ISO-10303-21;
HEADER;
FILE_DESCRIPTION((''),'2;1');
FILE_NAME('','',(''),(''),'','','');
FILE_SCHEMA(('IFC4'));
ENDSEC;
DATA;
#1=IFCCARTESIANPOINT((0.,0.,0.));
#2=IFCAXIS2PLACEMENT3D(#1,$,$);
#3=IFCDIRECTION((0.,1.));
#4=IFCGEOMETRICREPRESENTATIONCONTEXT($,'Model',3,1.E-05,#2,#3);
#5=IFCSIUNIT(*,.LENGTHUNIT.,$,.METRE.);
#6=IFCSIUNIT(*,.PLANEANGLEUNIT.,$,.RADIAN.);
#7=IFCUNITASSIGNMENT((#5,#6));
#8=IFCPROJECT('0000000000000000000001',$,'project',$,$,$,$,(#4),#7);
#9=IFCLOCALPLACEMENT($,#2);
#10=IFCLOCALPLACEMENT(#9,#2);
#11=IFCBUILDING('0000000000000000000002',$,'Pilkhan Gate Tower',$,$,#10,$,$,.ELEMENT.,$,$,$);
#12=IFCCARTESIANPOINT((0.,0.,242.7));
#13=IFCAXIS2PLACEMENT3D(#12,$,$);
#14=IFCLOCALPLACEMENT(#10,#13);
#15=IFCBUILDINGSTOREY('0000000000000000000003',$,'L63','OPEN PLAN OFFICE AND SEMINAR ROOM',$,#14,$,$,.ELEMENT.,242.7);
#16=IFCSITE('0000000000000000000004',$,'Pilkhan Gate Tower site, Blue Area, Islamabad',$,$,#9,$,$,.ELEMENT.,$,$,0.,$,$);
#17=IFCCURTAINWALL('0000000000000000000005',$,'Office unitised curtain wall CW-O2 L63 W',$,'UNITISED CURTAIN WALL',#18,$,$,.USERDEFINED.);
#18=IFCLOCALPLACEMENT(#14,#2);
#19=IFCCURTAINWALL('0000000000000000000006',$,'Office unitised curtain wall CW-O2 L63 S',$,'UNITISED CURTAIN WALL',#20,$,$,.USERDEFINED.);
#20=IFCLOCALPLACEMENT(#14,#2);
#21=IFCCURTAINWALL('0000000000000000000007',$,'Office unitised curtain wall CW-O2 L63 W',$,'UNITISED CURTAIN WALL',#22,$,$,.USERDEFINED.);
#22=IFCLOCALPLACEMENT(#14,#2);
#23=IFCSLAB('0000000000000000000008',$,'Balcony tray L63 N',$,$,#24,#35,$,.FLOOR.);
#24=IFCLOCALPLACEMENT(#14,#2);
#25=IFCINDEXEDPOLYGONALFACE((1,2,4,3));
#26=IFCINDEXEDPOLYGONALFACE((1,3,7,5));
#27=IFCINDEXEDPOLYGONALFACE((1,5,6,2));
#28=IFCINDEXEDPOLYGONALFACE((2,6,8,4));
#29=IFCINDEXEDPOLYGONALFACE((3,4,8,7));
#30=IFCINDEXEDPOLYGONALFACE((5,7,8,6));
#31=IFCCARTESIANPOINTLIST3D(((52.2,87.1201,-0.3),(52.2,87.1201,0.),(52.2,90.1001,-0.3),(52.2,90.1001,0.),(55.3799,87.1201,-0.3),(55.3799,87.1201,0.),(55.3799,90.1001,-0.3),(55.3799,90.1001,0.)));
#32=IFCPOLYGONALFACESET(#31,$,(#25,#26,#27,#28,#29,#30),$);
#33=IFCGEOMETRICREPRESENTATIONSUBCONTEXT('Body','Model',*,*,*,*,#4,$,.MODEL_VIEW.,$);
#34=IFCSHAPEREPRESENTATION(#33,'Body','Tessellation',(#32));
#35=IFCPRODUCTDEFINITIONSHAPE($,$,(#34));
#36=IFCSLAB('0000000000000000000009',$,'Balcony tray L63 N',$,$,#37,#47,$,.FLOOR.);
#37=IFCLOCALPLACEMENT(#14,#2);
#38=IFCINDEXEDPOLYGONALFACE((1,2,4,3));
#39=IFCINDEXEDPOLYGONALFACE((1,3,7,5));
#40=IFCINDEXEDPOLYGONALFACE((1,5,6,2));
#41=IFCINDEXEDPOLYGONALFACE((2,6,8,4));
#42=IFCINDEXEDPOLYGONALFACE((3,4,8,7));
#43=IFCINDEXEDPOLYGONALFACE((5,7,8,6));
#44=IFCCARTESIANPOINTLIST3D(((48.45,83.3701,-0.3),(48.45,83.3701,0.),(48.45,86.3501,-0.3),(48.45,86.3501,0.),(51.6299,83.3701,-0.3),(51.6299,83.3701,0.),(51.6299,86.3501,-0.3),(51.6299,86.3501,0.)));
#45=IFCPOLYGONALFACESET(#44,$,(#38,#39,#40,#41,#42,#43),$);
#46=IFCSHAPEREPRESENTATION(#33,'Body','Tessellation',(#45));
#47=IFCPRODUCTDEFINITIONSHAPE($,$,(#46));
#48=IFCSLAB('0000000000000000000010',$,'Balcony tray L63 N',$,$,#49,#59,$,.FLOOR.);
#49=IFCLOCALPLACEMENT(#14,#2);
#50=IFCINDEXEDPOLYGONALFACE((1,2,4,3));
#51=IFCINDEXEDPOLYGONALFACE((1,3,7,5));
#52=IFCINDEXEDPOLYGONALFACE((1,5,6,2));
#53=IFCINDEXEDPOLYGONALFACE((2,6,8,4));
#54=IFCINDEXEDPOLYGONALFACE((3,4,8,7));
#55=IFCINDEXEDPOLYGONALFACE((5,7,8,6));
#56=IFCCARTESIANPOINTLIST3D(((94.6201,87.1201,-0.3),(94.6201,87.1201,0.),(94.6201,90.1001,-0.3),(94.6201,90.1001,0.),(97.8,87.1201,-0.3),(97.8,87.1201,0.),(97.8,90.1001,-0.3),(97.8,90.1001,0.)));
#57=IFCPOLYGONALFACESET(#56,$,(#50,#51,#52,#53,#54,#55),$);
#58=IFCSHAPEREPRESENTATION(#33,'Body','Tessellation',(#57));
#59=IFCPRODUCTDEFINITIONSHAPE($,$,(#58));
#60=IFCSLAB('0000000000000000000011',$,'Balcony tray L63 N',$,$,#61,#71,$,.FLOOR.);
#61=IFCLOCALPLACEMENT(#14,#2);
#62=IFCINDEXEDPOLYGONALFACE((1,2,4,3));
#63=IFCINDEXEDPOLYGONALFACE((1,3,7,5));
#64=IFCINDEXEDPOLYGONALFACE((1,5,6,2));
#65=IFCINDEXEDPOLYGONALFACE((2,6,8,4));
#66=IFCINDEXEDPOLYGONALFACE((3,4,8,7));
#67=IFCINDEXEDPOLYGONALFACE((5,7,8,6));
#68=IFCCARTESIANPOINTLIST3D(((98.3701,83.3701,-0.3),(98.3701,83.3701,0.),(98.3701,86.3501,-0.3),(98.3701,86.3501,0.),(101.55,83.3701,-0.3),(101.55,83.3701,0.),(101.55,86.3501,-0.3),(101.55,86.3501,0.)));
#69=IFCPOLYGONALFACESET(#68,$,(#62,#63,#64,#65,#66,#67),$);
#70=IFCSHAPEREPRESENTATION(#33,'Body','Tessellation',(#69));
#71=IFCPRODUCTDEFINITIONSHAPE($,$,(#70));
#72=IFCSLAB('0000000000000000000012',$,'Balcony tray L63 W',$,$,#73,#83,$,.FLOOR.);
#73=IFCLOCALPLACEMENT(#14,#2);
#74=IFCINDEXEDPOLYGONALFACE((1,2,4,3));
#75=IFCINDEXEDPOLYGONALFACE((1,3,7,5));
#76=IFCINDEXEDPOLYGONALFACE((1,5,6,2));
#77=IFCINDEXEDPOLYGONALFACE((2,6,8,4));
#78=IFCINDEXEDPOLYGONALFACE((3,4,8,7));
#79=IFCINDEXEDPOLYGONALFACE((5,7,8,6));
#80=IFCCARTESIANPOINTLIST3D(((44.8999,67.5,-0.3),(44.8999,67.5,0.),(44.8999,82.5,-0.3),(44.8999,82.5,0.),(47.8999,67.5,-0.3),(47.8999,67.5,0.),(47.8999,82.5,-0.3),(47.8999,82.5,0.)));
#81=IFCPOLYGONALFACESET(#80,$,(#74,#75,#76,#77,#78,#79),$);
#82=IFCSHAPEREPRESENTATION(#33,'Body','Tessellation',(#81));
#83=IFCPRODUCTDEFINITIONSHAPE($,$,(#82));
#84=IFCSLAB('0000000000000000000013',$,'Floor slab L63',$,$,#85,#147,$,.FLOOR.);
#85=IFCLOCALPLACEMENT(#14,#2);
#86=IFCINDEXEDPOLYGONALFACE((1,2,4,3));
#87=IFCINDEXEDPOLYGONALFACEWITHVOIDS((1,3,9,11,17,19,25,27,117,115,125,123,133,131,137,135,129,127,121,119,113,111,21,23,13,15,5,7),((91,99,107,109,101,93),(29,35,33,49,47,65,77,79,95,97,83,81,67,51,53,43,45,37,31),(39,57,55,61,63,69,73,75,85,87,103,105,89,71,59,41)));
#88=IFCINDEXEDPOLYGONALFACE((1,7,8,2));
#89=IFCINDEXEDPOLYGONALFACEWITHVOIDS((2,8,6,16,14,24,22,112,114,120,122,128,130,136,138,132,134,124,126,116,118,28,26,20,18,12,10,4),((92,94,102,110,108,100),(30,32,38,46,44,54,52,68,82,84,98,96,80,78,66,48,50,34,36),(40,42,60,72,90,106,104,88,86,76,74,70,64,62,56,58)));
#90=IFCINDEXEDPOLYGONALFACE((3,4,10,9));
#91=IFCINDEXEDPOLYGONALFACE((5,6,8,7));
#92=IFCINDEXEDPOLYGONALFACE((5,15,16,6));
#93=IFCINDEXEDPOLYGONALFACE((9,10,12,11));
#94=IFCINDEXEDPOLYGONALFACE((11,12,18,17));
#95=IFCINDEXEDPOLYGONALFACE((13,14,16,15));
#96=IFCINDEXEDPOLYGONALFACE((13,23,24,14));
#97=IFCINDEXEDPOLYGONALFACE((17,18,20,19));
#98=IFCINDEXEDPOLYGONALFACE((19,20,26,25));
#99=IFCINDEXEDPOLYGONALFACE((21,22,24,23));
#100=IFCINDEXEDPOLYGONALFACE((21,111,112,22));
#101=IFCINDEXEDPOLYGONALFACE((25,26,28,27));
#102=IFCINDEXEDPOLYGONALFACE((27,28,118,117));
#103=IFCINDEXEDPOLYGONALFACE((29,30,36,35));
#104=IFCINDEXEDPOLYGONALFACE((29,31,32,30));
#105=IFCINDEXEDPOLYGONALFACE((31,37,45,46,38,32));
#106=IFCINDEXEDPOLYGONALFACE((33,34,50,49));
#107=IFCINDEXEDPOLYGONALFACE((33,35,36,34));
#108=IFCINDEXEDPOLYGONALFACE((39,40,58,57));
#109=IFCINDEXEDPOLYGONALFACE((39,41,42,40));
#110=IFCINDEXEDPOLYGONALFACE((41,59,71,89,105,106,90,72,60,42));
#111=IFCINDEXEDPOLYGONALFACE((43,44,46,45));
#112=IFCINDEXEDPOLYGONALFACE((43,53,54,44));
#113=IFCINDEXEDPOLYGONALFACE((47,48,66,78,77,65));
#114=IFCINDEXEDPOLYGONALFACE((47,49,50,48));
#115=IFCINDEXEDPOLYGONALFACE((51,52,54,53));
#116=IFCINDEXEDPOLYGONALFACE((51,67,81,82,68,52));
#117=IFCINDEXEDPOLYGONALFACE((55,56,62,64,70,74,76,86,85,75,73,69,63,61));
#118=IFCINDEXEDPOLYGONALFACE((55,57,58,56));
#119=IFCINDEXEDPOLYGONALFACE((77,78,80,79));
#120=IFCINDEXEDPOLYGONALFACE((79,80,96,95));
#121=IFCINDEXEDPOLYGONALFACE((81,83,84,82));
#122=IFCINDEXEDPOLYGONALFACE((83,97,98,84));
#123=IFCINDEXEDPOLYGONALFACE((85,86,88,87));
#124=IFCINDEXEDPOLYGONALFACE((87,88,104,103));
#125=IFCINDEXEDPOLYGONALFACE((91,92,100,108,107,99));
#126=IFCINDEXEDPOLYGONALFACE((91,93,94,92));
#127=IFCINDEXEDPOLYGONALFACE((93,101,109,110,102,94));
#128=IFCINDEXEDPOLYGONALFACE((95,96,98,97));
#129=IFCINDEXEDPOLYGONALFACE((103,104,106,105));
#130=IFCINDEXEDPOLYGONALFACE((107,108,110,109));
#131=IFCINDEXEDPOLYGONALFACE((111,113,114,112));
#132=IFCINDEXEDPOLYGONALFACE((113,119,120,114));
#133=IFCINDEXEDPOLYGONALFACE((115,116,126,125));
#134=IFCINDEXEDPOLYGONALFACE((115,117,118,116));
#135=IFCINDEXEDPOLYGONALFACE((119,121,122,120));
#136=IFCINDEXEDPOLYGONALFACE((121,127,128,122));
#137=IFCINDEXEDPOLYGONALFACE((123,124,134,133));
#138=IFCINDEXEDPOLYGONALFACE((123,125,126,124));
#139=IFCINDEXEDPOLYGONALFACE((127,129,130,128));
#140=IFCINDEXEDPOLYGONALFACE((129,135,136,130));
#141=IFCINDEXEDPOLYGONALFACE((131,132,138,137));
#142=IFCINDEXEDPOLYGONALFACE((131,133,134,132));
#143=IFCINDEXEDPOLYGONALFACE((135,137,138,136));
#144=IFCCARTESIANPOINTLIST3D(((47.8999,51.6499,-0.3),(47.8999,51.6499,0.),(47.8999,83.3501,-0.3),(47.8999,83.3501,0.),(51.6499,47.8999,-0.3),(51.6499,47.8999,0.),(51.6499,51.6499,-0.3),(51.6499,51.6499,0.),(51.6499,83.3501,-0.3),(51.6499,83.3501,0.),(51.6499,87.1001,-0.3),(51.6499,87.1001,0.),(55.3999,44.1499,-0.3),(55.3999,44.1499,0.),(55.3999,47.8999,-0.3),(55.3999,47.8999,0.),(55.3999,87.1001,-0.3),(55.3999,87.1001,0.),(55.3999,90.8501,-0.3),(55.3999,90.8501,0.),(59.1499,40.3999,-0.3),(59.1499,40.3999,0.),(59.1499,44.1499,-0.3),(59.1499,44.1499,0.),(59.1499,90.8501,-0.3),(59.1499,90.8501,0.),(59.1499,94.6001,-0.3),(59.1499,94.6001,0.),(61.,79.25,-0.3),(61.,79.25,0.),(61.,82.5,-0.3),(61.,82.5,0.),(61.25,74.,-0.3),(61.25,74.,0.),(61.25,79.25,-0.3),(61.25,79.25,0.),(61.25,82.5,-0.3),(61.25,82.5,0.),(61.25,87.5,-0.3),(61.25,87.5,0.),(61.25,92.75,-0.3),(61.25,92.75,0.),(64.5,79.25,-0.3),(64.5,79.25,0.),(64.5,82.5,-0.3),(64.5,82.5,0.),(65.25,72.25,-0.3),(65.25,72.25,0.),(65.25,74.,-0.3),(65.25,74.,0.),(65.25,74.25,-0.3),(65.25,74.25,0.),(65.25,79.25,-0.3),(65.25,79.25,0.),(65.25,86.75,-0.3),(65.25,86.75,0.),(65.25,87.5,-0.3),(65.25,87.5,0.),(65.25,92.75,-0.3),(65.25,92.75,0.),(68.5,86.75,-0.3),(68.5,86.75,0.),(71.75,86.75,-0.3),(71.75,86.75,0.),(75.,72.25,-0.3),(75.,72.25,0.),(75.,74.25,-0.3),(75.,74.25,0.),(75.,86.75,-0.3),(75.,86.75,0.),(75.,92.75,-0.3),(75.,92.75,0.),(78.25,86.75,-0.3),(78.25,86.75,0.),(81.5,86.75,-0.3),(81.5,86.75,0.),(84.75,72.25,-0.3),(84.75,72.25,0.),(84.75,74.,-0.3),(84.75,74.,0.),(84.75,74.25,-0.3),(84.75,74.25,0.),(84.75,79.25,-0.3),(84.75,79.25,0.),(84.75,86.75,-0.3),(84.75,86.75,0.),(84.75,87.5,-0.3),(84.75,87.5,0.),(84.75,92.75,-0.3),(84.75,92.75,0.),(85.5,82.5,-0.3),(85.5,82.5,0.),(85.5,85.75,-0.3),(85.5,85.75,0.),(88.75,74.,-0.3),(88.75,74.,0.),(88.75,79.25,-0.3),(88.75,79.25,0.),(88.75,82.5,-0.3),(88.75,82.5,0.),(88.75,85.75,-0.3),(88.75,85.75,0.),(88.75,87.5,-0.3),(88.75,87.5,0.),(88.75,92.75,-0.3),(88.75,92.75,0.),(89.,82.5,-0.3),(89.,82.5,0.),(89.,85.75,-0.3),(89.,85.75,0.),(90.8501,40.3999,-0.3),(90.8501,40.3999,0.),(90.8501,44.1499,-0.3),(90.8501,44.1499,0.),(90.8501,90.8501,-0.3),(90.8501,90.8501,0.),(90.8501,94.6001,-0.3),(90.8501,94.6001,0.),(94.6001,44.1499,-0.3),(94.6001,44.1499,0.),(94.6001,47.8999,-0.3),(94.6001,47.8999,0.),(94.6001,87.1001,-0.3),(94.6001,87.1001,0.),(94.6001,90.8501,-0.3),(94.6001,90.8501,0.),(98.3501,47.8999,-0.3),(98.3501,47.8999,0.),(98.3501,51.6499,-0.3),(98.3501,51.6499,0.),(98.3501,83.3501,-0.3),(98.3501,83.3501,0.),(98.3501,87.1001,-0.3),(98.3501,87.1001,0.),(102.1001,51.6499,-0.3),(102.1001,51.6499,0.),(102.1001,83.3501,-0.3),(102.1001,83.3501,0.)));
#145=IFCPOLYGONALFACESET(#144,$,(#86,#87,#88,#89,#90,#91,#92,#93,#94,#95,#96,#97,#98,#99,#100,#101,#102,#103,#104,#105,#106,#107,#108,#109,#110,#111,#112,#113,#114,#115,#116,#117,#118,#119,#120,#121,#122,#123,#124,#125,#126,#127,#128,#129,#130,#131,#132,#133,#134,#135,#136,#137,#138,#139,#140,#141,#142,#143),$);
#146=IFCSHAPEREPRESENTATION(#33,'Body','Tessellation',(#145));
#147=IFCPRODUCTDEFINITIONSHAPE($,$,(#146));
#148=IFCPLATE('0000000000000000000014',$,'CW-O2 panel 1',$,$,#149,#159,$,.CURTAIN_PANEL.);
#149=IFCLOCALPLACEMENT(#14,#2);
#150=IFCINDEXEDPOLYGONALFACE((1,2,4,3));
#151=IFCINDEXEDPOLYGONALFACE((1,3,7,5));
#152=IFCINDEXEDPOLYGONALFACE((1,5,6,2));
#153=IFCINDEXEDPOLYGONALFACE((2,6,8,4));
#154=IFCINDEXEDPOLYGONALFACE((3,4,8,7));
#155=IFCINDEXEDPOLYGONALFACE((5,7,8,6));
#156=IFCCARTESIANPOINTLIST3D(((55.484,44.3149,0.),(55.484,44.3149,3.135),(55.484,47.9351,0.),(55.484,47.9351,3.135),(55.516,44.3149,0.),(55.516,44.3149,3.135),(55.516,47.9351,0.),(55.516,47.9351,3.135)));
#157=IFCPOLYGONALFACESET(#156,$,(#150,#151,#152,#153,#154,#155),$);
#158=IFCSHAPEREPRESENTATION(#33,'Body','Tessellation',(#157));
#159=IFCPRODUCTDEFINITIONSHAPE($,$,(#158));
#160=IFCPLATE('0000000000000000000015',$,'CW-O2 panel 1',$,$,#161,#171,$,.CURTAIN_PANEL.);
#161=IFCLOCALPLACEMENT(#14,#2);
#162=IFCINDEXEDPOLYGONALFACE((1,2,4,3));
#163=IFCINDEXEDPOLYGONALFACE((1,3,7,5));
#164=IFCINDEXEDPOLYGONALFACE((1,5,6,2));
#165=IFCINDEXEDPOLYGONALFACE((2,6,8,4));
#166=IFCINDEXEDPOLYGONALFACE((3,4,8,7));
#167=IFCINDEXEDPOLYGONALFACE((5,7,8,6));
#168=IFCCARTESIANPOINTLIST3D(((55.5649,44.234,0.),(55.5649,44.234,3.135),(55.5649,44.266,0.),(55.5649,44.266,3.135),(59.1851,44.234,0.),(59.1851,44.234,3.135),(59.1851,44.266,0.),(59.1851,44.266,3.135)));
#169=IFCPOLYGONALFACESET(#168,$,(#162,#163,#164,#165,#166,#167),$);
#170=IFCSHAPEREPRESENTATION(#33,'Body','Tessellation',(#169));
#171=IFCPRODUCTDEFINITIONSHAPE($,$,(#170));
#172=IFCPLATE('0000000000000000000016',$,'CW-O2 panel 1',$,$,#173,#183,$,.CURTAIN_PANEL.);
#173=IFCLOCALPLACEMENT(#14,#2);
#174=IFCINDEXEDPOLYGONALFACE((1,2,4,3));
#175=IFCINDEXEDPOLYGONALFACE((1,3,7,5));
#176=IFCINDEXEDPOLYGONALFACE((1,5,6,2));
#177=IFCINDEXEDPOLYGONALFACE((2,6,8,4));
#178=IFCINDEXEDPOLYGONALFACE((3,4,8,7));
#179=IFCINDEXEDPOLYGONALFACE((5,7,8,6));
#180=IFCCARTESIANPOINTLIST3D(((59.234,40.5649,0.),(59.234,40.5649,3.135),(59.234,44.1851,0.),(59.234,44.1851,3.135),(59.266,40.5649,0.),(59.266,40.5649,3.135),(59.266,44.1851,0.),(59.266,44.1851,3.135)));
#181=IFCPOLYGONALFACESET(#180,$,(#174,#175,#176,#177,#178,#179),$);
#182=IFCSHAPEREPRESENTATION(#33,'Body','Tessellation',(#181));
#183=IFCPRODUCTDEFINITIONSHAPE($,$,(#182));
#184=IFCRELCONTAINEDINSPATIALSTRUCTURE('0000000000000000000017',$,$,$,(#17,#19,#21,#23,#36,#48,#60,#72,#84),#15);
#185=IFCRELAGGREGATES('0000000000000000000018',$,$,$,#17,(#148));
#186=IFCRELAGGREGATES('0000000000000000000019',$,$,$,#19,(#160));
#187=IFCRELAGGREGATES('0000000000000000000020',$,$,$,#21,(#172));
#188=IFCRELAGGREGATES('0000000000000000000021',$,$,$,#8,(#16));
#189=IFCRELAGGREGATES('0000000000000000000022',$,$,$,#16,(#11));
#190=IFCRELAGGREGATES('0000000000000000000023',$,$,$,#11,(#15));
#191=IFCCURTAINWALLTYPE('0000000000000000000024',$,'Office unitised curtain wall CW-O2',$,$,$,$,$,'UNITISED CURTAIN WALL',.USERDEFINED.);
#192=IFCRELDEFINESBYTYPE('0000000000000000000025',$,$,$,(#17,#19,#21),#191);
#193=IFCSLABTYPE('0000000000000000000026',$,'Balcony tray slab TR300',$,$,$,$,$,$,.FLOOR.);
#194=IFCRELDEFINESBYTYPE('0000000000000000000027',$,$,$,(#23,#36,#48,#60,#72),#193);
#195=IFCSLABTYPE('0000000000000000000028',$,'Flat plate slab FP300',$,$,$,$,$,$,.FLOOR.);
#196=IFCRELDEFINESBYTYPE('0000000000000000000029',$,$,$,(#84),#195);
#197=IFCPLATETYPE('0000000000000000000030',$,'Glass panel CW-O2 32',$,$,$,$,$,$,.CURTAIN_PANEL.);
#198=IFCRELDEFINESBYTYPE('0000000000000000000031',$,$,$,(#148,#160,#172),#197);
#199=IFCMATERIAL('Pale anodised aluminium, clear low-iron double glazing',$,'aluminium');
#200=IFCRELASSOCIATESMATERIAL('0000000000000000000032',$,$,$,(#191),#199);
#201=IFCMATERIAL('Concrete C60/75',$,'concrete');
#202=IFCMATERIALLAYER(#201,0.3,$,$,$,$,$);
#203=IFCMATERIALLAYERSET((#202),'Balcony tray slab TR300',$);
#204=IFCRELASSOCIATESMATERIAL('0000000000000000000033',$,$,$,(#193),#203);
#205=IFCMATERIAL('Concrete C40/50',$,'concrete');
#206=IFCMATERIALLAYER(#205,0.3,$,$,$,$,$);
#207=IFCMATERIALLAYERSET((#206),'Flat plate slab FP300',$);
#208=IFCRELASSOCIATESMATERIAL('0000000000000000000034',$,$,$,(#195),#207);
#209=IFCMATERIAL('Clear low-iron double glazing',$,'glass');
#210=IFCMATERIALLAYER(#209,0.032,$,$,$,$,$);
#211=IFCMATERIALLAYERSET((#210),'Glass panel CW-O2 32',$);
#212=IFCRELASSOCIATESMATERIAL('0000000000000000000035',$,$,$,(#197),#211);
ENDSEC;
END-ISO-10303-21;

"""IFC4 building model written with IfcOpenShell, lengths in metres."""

from ifc_helpers import new_model, si_unit, direction, frame, origin, origin_2d, place, context, subcontext, project, spatial, polyline, rectangle, outline, extrude, material, layer, layer_set, type_object, element, aggregate, save


model = new_model("IFC4")

# Units and contexts
model_context = context("Model", 3, precision=1e-05, world=origin(), true_north=direction((0.0, 1.0)))
body_context = subcontext(model_context, "Body", "Model", "MODEL_VIEW")
ifc_project = project(units=[si_unit("LENGTHUNIT", "METRE"), si_unit("PLANEANGLEUNIT", "RADIAN")], contexts=[model_context])

# Site, building, storey
site_placement = place(None, origin())
site = spatial("IfcSite", under=ifc_project, at=site_placement, Name="Pilkhan Gate Tower site, Blue Area, Islamabad", CompositionType="ELEMENT", RefElevation=0.0)
building_placement = place(site_placement, origin())
building = spatial("IfcBuilding", under=site, at=building_placement, Name="Pilkhan Gate Tower", CompositionType="ELEMENT")
storey_placement = place(building_placement, frame((0.0, 0.0, 242.7)))
storey = spatial("IfcBuildingStorey", under=building, at=storey_placement, Name="L63", Description="OPEN PLAN OFFICE AND SEMINAR ROOM", CompositionType="ELEMENT", Elevation=242.7)

# Curtain walls
ifc_material_1 = material(Name="Pale anodised aluminium, clear low-iron double glazing", Category="aluminium")
curtain_wall_type = type_object("IfcCurtainWallType", Name="Office unitised curtain wall CW-O2", ElementType="UNITISED CURTAIN WALL", PredefinedType="USERDEFINED", material=ifc_material_1)
curtain_wall_1_placement = place(storey_placement, origin())
curtain_wall_1 = element("IfcCurtainWall", 1, at=curtain_wall_1_placement, inside=storey, type_object=curtain_wall_type, Name="Office unitised curtain wall CW-O2 L63 W", ObjectType="UNITISED CURTAIN WALL", PredefinedType="USERDEFINED")
curtain_wall_2_placement = place(storey_placement, origin())
curtain_wall_2 = element("IfcCurtainWall", 2, at=curtain_wall_2_placement, inside=storey, type_object=curtain_wall_type, Name="Office unitised curtain wall CW-O2 L63 S", ObjectType="UNITISED CURTAIN WALL", PredefinedType="USERDEFINED")
curtain_wall_3_placement = place(storey_placement, origin())
curtain_wall_3 = element("IfcCurtainWall", 3, at=curtain_wall_3_placement, inside=storey, type_object=curtain_wall_type, Name="Office unitised curtain wall CW-O2 L63 W", ObjectType="UNITISED CURTAIN WALL", PredefinedType="USERDEFINED")

# Slabs
ifc_material_2 = material(Name="Concrete C60/75", Category="concrete")
ifc_layer_1 = layer(ifc_material_2, 0.3)
ifc_layer_set_1 = layer_set([ifc_layer_1], Name="Balcony tray slab TR300")
slab_type_1 = type_object("IfcSlabType", Name="Balcony tray slab TR300", PredefinedType="FLOOR", material=ifc_layer_set_1)
slab_1_placement = place(storey_placement, frame((0.0, 0.0, -0.3)))
element("IfcSlab", 4, at=slab_1_placement, inside=storey, type_object=slab_type_1, Name="Balcony tray L63 N", PredefinedType="FLOOR", context=body_context, shape_type="SweptSolid", body=[
    extrude(outline(polyline([(55.3799, 87.1201), (55.3799, 90.1001), (52.2, 90.1001), (52.2, 87.1201), (55.3799, 87.1201)])), origin(), (0.0, 0.0, 1.0), 0.3),
])
slab_2_placement = place(storey_placement, frame((0.0, 0.0, -0.3)))
element("IfcSlab", 5, at=slab_2_placement, inside=storey, type_object=slab_type_1, Name="Balcony tray L63 N", PredefinedType="FLOOR", context=body_context, shape_type="SweptSolid", body=[
    extrude(outline(polyline([(51.6299, 83.3701), (51.6299, 86.3501), (48.45, 86.3501), (48.45, 83.3701), (51.6299, 83.3701)])), origin(), (0.0, 0.0, 1.0), 0.3),
])
slab_3_placement = place(storey_placement, frame((0.0, 0.0, -0.3)))
element("IfcSlab", 6, at=slab_3_placement, inside=storey, type_object=slab_type_1, Name="Balcony tray L63 N", PredefinedType="FLOOR", context=body_context, shape_type="SweptSolid", body=[
    extrude(outline(polyline([(97.8, 87.1201), (97.8, 90.1001), (94.6201, 90.1001), (94.6201, 87.1201), (97.8, 87.1201)])), origin(), (0.0, 0.0, 1.0), 0.3),
])
slab_4_placement = place(storey_placement, frame((0.0, 0.0, -0.3)))
element("IfcSlab", 7, at=slab_4_placement, inside=storey, type_object=slab_type_1, Name="Balcony tray L63 N", PredefinedType="FLOOR", context=body_context, shape_type="SweptSolid", body=[
    extrude(outline(polyline([(101.55, 83.3701), (101.55, 86.3501), (98.3701, 86.3501), (98.3701, 83.3701), (101.55, 83.3701)])), origin(), (0.0, 0.0, 1.0), 0.3),
])
slab_5_placement = place(storey_placement, frame((0.0, 0.0, -0.3)))
element("IfcSlab", 8, at=slab_5_placement, inside=storey, type_object=slab_type_1, Name="Balcony tray L63 W", PredefinedType="FLOOR", context=body_context, shape_type="SweptSolid", body=[
    extrude(outline(polyline([(47.8999, 67.5), (47.8999, 82.5), (44.8999, 82.5), (44.8999, 67.5), (47.8999, 67.5)])), origin(), (0.0, 0.0, 1.0), 0.3),
])
ifc_material_3 = material(Name="Concrete C40/50", Category="concrete")
ifc_layer_2 = layer(ifc_material_3, 0.3)
ifc_layer_set_2 = layer_set([ifc_layer_2], Name="Flat plate slab FP300")
slab_type_2 = type_object("IfcSlabType", Name="Flat plate slab FP300", PredefinedType="FLOOR", material=ifc_layer_set_2)
slab_6_placement = place(storey_placement, frame((0.0, 0.0, -0.3)))
element("IfcSlab", 9, at=slab_6_placement, inside=storey, type_object=slab_type_2, Name="Floor slab L63", PredefinedType="FLOOR", context=body_context, shape_type="SweptSolid", body=[
    extrude(outline(polyline([(98.3501, 47.8999), (94.6001, 47.8999), (94.6001, 44.1499), (90.8501, 44.1499), (90.8501, 40.3999), (59.1499, 40.3999), (59.1499, 44.1499), (55.3999, 44.1499), (55.3999, 47.8999), (51.6499, 47.8999), (51.6499, 51.6499), (47.8999, 51.6499), (47.8999, 83.3501), (51.6499, 83.3501), (51.6499, 87.1001), (55.3999, 87.1001), (55.3999, 90.8501), (59.1499, 90.8501), (59.1499, 94.6001), (90.8501, 94.6001), (90.8501, 90.8501), (94.6001, 90.8501), (94.6001, 87.1001), (98.3501, 87.1001), (98.3501, 83.3501), (102.1001, 83.3501), (102.1001, 51.6499), (98.3501, 51.6499), (98.3501, 47.8999)]), holes=[polyline([(75.0, 72.25), (84.75, 72.25), (84.75, 74.0), (88.75, 74.0), (88.75, 79.25), (84.75, 79.25), (84.75, 74.25), (75.0, 74.25), (65.25, 74.25), (65.25, 79.25), (64.5, 79.25), (64.5, 82.5), (61.25, 82.5), (61.0, 82.5), (61.0, 79.25), (61.25, 79.25), (61.25, 74.0), (65.25, 74.0), (65.25, 72.25), (75.0, 72.25)]), polyline([(68.5, 86.75), (71.75, 86.75), (75.0, 86.75), (78.25, 86.75), (81.5, 86.75), (84.75, 86.75), (84.75, 87.5), (88.75, 87.5), (88.75, 92.75), (84.75, 92.75), (75.0, 92.75), (65.25, 92.75), (61.25, 92.75), (61.25, 87.5), (65.25, 87.5), (65.25, 86.75), (68.5, 86.75)]), polyline([(85.5, 85.75), (85.5, 82.5), (88.75, 82.5), (89.0, 82.5), (89.0, 85.75), (88.75, 85.75), (85.5, 85.75)])]), origin(), (0.0, 0.0, 1.0), 0.3),
])

# Plates
ifc_material_4 = material(Name="Clear low-iron double glazing", Category="glass")
ifc_layer_3 = layer(ifc_material_4, 0.032)
ifc_layer_set_3 = layer_set([ifc_layer_3], Name="Glass panel CW-O2 32")
plate_type = type_object("IfcPlateType", Name="Glass panel CW-O2 32", PredefinedType="CURTAIN_PANEL", material=ifc_layer_set_3)
plate_1_placement = place(storey_placement, frame((55.5, 46.125, 0.0), z_axis=(0.0, 0.0, 1.0), x_axis=(0.0, 1.0, 0.0)))
plate_1 = element("IfcPlate", 10, at=plate_1_placement, type_object=plate_type, Name="CW-O2 panel 1", PredefinedType="CURTAIN_PANEL", context=body_context, shape_type="SweptSolid", body=[
    extrude(rectangle(XDim=3.6201, YDim=0.032, at=origin_2d()), origin(), (0.0, 0.0, 1.0), 3.135),
])
aggregate(curtain_wall_1, [plate_1])
plate_2_placement = place(storey_placement, frame((57.375, 44.25, 0.0), z_axis=(0.0, 0.0, 1.0), x_axis=(1.0, 0.0, 0.0)))
plate_2 = element("IfcPlate", 11, at=plate_2_placement, type_object=plate_type, Name="CW-O2 panel 1", PredefinedType="CURTAIN_PANEL", context=body_context, shape_type="SweptSolid", body=[
    extrude(rectangle(XDim=3.6201, YDim=0.032, at=origin_2d()), origin(), (0.0, 0.0, 1.0), 3.135),
])
aggregate(curtain_wall_2, [plate_2])
plate_3_placement = place(storey_placement, frame((59.25, 42.375, 0.0), z_axis=(0.0, 0.0, 1.0), x_axis=(0.0, 1.0, 0.0)))
plate_3 = element("IfcPlate", 12, at=plate_3_placement, type_object=plate_type, Name="CW-O2 panel 1", PredefinedType="CURTAIN_PANEL", context=body_context, shape_type="SweptSolid", body=[
    extrude(rectangle(XDim=3.6201, YDim=0.032, at=origin_2d()), origin(), (0.0, 0.0, 1.0), 3.135),
])
aggregate(curtain_wall_3, [plate_3])

save(model, "model.ifc")
